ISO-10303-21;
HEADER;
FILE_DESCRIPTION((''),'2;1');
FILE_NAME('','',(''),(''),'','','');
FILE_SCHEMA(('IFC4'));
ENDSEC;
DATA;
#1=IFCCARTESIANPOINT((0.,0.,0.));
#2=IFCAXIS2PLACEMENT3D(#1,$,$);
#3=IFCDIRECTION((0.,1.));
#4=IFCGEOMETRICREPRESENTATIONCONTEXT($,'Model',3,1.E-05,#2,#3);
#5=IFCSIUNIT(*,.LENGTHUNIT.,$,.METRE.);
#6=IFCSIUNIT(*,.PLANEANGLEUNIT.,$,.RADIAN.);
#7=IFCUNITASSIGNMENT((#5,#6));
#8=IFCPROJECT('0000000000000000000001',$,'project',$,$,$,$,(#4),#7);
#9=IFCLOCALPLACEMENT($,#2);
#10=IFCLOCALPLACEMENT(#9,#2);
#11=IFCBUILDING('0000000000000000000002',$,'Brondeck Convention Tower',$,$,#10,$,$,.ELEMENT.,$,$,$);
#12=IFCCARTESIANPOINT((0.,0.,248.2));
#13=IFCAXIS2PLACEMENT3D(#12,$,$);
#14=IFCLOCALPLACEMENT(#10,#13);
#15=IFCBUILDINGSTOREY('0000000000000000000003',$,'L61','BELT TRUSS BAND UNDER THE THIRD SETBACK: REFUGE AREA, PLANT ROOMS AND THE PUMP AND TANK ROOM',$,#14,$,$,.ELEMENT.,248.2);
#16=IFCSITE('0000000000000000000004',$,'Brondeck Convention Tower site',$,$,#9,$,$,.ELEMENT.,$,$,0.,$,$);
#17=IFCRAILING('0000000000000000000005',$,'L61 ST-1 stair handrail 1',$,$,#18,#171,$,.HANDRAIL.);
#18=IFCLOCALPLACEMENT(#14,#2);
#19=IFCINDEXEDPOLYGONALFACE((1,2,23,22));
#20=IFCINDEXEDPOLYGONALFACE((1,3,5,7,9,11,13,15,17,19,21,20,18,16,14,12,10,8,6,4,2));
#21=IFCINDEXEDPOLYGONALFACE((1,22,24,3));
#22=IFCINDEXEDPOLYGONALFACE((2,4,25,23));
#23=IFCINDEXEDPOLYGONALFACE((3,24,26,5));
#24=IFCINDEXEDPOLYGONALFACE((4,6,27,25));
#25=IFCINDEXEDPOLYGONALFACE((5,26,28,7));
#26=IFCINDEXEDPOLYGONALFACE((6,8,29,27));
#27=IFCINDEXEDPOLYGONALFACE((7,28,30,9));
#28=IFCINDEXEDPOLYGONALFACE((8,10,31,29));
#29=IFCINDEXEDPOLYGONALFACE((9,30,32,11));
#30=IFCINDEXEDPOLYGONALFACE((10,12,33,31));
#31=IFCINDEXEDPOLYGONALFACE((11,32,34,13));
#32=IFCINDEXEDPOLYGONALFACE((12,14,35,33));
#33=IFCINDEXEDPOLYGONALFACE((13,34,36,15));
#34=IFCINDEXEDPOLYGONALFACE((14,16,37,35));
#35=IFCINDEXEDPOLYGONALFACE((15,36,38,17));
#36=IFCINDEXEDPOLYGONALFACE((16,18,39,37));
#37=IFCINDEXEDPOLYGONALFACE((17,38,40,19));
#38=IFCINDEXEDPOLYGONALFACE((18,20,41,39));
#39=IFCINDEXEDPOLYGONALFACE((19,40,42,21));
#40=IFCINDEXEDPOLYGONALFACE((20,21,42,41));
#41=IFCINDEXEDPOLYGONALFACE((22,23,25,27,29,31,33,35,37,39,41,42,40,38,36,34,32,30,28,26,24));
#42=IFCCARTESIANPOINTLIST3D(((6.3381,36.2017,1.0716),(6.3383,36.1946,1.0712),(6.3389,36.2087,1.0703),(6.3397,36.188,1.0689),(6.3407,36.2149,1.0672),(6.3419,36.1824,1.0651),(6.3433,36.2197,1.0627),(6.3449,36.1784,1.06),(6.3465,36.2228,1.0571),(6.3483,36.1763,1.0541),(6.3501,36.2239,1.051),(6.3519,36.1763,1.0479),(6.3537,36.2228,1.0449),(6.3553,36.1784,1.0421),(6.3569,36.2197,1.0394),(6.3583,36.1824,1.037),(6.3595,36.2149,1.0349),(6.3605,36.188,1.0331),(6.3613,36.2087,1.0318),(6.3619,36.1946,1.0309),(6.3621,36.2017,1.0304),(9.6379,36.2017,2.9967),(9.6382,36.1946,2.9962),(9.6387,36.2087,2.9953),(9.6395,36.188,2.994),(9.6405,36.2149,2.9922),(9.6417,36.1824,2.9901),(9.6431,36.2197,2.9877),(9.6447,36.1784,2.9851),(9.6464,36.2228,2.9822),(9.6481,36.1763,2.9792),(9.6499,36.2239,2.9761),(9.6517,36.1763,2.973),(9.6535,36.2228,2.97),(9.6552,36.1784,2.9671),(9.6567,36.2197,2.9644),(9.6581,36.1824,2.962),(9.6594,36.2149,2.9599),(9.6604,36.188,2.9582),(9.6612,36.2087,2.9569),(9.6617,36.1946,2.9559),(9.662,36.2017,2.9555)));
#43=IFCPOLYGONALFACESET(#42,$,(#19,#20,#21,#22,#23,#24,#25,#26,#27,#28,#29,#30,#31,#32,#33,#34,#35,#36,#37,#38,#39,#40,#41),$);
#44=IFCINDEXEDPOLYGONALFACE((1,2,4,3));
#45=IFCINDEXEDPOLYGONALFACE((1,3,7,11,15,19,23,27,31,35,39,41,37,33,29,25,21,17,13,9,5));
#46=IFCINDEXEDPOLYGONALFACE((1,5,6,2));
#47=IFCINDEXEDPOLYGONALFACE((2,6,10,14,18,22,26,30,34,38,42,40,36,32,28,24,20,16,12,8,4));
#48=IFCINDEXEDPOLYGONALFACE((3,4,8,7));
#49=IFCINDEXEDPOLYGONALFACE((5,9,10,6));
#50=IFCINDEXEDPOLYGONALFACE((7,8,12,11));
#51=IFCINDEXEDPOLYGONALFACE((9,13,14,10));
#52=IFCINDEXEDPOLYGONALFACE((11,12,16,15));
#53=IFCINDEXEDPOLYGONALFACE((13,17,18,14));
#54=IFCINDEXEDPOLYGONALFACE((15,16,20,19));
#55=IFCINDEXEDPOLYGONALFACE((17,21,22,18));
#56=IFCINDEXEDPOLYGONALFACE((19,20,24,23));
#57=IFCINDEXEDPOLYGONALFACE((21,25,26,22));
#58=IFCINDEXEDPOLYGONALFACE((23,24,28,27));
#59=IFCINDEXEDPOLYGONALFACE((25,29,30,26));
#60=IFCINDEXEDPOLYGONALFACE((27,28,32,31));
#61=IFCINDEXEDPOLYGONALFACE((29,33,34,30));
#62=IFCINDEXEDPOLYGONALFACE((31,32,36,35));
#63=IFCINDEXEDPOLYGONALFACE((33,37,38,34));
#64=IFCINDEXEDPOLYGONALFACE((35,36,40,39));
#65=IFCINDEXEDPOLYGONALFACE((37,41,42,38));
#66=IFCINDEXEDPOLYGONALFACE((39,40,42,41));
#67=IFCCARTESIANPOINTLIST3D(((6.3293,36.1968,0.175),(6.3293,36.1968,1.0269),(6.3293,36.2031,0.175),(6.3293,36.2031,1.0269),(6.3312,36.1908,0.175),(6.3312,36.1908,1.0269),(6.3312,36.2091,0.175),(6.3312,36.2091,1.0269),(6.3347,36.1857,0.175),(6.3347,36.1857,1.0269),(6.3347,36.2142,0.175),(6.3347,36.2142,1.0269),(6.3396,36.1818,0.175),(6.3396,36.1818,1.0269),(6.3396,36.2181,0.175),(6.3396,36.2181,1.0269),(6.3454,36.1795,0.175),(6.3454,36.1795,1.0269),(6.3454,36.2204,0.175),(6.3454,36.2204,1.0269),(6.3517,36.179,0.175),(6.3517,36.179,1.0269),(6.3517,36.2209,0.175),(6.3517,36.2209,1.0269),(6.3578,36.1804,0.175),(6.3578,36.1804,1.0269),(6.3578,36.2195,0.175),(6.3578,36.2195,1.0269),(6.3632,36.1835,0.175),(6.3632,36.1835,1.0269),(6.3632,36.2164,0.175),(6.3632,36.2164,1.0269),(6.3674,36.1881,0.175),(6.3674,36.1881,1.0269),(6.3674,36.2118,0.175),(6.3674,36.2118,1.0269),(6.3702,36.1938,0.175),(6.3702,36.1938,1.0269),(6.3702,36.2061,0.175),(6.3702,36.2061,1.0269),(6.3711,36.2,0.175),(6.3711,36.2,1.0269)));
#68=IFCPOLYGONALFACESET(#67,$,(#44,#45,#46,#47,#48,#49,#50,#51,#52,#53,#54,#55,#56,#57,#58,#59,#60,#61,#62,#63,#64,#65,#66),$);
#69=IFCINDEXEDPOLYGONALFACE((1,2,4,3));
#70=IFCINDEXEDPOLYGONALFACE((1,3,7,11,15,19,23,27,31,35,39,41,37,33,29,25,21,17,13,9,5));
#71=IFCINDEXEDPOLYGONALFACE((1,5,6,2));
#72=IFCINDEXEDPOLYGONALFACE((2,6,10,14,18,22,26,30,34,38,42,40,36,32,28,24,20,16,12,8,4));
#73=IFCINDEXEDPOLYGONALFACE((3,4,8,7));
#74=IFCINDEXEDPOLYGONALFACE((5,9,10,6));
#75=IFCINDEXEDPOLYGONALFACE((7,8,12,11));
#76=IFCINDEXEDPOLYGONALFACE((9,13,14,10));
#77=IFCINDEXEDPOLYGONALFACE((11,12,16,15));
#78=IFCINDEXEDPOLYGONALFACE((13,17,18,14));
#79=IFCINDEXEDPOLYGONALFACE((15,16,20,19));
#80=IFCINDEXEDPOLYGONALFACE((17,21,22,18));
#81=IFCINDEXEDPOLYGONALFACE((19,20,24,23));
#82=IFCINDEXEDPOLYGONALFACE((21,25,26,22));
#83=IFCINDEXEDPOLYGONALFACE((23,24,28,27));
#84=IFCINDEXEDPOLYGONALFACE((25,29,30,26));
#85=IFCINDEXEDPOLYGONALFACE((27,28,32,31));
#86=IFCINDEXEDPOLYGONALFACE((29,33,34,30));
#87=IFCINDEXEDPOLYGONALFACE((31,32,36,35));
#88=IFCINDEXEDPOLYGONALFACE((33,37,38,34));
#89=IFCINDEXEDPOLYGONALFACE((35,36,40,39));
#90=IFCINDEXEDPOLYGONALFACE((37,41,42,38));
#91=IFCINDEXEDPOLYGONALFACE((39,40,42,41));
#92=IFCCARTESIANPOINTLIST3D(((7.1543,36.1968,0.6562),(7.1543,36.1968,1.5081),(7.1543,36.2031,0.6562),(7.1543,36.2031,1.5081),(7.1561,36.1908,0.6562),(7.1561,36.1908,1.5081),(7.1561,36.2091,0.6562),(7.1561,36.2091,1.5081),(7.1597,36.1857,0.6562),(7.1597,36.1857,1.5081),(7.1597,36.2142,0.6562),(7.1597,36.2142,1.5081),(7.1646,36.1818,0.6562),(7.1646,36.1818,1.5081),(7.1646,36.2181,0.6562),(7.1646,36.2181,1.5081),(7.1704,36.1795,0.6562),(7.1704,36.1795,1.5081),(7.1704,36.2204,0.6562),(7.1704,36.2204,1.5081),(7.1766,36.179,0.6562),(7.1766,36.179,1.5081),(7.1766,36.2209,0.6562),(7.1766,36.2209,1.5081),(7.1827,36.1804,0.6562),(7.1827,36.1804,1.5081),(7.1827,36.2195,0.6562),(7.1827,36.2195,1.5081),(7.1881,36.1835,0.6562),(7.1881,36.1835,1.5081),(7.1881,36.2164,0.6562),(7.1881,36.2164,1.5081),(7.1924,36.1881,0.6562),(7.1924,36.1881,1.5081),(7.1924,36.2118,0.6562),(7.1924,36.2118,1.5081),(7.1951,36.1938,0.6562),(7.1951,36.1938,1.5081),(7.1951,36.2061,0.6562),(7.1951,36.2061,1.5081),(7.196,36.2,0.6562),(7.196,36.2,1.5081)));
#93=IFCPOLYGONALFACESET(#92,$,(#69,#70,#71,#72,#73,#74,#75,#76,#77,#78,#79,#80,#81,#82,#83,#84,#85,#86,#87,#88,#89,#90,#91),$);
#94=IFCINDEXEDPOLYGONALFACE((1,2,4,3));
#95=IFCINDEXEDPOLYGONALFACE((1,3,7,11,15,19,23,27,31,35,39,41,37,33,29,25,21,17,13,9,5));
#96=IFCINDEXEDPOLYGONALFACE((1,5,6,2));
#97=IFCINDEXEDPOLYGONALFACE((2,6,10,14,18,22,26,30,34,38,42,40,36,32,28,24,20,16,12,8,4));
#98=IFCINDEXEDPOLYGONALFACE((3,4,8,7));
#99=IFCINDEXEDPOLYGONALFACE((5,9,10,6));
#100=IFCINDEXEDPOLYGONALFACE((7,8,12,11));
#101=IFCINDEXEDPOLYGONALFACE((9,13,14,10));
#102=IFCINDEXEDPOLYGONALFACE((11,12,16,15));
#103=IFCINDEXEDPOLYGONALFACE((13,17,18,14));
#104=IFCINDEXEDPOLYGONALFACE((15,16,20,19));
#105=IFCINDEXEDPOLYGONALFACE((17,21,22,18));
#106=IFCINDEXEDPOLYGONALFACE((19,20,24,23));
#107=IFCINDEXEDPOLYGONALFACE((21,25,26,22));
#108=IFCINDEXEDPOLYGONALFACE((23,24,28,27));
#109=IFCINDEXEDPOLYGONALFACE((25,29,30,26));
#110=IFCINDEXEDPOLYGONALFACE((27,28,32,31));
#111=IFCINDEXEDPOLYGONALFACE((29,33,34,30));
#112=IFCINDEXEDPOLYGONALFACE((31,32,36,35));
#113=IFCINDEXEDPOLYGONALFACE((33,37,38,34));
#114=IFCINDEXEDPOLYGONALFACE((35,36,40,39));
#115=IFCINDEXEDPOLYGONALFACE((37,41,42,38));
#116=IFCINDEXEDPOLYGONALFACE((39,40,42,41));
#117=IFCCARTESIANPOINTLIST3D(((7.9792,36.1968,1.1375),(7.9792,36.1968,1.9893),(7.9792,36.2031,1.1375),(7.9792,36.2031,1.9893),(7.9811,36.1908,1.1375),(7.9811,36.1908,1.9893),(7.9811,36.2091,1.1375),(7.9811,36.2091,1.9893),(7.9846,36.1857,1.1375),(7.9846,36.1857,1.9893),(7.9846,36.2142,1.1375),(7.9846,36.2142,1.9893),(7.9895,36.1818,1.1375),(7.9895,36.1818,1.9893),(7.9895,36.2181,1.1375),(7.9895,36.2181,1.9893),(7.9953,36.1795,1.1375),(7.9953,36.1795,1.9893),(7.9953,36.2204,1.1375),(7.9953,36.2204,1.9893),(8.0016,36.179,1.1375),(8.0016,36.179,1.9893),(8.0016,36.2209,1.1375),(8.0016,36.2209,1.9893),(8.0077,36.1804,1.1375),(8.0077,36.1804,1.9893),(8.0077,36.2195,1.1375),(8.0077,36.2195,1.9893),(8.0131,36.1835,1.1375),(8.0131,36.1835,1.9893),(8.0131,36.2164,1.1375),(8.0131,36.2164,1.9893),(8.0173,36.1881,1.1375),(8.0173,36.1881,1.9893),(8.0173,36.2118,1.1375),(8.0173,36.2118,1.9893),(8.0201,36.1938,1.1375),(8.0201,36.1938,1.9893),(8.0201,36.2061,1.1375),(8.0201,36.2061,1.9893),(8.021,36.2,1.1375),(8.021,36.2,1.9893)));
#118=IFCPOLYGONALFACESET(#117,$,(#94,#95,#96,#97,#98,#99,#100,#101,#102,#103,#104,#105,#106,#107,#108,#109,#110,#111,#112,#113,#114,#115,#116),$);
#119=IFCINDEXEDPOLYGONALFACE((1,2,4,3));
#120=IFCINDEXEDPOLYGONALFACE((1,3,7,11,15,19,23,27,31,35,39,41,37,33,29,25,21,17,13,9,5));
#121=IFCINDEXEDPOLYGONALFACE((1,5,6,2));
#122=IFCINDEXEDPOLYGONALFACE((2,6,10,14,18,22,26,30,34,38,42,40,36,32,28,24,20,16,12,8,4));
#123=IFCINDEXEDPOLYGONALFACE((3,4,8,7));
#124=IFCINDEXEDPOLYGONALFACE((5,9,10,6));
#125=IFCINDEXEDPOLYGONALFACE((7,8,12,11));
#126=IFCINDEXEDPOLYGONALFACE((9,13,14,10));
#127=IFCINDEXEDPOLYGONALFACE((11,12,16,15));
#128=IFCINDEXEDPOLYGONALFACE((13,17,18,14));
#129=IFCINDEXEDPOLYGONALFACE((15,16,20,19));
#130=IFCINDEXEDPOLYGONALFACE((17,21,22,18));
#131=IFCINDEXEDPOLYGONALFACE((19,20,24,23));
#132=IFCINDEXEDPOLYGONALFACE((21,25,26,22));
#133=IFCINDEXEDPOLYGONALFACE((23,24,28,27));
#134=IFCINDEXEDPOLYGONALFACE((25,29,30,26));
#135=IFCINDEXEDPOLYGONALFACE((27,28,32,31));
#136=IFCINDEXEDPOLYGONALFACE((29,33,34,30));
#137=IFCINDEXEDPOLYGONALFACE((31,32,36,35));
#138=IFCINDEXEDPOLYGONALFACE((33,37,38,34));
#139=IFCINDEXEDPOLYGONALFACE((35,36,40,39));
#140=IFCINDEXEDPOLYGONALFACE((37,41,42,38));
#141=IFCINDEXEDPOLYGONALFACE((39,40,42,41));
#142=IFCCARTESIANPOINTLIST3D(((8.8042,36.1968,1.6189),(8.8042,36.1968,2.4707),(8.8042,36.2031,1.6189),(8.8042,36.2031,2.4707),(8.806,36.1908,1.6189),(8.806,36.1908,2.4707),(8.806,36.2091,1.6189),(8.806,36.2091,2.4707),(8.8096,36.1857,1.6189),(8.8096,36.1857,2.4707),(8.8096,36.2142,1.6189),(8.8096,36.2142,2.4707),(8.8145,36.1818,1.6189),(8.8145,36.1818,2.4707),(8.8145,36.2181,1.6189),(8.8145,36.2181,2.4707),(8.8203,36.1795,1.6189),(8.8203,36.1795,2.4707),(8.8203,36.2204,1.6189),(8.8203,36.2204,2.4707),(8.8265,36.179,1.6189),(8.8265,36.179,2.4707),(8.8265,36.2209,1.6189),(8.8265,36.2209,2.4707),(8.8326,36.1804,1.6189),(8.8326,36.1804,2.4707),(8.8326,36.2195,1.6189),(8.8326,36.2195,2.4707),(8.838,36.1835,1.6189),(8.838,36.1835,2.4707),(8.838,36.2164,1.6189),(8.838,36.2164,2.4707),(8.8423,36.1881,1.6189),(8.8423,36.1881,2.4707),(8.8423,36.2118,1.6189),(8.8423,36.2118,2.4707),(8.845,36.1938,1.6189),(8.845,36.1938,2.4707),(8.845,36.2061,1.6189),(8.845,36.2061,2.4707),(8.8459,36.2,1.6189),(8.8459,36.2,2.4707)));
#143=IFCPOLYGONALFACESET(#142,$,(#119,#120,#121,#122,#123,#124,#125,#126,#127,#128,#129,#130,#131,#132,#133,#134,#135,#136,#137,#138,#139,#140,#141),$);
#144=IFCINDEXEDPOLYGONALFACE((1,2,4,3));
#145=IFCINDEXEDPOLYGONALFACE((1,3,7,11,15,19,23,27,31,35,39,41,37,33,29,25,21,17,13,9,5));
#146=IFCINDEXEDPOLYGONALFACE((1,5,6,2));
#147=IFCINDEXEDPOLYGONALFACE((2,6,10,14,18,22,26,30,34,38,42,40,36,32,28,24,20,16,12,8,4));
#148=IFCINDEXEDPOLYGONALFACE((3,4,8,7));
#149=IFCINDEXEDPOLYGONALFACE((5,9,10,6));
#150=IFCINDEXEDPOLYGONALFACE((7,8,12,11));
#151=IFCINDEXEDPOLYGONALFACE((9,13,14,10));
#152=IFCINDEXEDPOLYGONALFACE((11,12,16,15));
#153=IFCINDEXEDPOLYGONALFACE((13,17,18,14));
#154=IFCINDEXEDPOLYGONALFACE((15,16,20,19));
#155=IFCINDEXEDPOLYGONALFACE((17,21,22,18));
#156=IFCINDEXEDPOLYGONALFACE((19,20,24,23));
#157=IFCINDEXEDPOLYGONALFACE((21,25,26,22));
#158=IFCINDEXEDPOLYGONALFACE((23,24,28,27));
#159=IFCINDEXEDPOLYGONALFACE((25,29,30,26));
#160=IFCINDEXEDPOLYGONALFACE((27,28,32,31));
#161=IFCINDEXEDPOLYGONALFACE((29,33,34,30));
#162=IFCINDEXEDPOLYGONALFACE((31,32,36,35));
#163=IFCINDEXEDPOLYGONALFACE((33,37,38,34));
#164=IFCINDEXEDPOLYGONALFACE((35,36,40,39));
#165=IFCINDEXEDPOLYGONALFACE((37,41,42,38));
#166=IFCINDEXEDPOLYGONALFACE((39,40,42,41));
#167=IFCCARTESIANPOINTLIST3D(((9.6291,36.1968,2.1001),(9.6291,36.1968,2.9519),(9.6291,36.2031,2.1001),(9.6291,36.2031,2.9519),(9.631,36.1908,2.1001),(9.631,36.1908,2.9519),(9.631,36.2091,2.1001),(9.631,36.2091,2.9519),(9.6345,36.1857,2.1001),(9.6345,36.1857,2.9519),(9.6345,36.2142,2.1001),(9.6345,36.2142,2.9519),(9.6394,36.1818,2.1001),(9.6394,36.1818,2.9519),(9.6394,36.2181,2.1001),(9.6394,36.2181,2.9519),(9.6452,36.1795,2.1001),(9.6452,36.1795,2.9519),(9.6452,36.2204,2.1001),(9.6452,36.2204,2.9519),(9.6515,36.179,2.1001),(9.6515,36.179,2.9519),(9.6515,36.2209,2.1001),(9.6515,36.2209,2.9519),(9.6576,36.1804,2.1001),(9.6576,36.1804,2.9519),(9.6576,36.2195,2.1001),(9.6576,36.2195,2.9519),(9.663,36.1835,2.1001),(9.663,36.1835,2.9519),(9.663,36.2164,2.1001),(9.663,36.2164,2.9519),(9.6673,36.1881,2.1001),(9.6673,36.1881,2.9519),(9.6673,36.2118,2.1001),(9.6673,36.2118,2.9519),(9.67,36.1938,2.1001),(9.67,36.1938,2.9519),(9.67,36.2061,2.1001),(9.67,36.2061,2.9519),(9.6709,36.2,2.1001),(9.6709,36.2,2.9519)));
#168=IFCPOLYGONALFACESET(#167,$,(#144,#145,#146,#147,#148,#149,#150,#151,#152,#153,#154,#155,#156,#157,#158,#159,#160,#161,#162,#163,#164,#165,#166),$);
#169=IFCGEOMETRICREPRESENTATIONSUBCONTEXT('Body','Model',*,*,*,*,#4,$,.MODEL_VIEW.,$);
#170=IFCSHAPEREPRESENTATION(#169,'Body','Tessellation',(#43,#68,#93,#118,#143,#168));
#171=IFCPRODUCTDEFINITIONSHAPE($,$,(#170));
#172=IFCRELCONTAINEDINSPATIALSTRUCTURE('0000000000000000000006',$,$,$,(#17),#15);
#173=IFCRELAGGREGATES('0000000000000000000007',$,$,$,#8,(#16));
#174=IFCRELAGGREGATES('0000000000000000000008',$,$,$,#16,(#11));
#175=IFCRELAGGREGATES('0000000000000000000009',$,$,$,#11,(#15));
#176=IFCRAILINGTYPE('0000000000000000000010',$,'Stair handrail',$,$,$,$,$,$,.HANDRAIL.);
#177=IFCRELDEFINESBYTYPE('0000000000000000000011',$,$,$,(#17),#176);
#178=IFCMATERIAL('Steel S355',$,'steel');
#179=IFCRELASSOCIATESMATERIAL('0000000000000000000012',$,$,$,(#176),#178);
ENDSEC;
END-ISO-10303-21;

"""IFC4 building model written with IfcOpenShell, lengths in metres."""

from ifc_helpers import new_model, si_unit, direction, frame, origin, origin_2d, place, context, subcontext, project, spatial, circle, extrude, material, type_object, element, save


model = new_model("IFC4")

# Units and contexts
model_context = context("Model", 3, precision=1e-05, world=origin(), true_north=direction((0.0, 1.0)))
body_context = subcontext(model_context, "Body", "Model", "MODEL_VIEW")
ifc_project = project(units=[si_unit("LENGTHUNIT", "METRE"), si_unit("PLANEANGLEUNIT", "RADIAN")], contexts=[model_context])

# Site, building, storey
site_placement = place(None, origin())
site = spatial("IfcSite", under=ifc_project, at=site_placement, Name="Brondeck Convention Tower site", CompositionType="ELEMENT", RefElevation=0.0)
building_placement = place(site_placement, origin())
building = spatial("IfcBuilding", under=site, at=building_placement, Name="Brondeck Convention Tower", CompositionType="ELEMENT")
storey_placement = place(building_placement, frame((0.0, 0.0, 248.2)))
storey = spatial("IfcBuildingStorey", under=building, at=storey_placement, Name="L61", Description="BELT TRUSS BAND UNDER THE THIRD SETBACK: REFUGE AREA, PLANT ROOMS AND THE PUMP AND TANK ROOM", CompositionType="ELEMENT", Elevation=248.2)

# Railing
ifc_material_1 = material(Name="Steel S355", Category="steel")
railing_type_1 = type_object("IfcRailingType", Name="Stair handrail", PredefinedType="HANDRAIL", material=ifc_material_1)
railing_1_placement = place(storey_placement, frame((6.3501, 36.2, 0.175)))
element("IfcRailing", 1, at=railing_1_placement, inside=storey, type_object=railing_type_1, Name="L61 ST-1 stair handrail 1", PredefinedType="HANDRAIL", context=body_context, shape_type="SweptSolid", body=[
    extrude(circle(Radius=0.0239, at=origin_2d()), frame((0.0, 0.0, 0.876), z_axis=(0.86376, 0.0, 0.503903), x_axis=(0.0, 1.0, 0.0)), (0.0, 0.0, 1.0), 3.8203),
    extrude(circle(Radius=0.021, at=origin_2d()), origin(), (0.0, 0.0, 1.0), 0.8518),
    extrude(circle(Radius=0.021, at=origin_2d()), frame((0.825, 0.0, 0.4812)), (0.0, 0.0, 1.0), 0.8518),
    extrude(circle(Radius=0.021, at=origin_2d()), frame((1.6499, 0.0, 0.9624)), (0.0, 0.0, 1.0), 0.8518),
    extrude(circle(Radius=0.021, at=origin_2d()), frame((2.4749, 0.0, 1.4438)), (0.0, 0.0, 1.0), 0.8518),
    extrude(circle(Radius=0.021, at=origin_2d()), frame((3.2998, 0.0, 1.925)), (0.0, 0.0, 1.0), 0.8518),
])

save(model, "model.ifc")
